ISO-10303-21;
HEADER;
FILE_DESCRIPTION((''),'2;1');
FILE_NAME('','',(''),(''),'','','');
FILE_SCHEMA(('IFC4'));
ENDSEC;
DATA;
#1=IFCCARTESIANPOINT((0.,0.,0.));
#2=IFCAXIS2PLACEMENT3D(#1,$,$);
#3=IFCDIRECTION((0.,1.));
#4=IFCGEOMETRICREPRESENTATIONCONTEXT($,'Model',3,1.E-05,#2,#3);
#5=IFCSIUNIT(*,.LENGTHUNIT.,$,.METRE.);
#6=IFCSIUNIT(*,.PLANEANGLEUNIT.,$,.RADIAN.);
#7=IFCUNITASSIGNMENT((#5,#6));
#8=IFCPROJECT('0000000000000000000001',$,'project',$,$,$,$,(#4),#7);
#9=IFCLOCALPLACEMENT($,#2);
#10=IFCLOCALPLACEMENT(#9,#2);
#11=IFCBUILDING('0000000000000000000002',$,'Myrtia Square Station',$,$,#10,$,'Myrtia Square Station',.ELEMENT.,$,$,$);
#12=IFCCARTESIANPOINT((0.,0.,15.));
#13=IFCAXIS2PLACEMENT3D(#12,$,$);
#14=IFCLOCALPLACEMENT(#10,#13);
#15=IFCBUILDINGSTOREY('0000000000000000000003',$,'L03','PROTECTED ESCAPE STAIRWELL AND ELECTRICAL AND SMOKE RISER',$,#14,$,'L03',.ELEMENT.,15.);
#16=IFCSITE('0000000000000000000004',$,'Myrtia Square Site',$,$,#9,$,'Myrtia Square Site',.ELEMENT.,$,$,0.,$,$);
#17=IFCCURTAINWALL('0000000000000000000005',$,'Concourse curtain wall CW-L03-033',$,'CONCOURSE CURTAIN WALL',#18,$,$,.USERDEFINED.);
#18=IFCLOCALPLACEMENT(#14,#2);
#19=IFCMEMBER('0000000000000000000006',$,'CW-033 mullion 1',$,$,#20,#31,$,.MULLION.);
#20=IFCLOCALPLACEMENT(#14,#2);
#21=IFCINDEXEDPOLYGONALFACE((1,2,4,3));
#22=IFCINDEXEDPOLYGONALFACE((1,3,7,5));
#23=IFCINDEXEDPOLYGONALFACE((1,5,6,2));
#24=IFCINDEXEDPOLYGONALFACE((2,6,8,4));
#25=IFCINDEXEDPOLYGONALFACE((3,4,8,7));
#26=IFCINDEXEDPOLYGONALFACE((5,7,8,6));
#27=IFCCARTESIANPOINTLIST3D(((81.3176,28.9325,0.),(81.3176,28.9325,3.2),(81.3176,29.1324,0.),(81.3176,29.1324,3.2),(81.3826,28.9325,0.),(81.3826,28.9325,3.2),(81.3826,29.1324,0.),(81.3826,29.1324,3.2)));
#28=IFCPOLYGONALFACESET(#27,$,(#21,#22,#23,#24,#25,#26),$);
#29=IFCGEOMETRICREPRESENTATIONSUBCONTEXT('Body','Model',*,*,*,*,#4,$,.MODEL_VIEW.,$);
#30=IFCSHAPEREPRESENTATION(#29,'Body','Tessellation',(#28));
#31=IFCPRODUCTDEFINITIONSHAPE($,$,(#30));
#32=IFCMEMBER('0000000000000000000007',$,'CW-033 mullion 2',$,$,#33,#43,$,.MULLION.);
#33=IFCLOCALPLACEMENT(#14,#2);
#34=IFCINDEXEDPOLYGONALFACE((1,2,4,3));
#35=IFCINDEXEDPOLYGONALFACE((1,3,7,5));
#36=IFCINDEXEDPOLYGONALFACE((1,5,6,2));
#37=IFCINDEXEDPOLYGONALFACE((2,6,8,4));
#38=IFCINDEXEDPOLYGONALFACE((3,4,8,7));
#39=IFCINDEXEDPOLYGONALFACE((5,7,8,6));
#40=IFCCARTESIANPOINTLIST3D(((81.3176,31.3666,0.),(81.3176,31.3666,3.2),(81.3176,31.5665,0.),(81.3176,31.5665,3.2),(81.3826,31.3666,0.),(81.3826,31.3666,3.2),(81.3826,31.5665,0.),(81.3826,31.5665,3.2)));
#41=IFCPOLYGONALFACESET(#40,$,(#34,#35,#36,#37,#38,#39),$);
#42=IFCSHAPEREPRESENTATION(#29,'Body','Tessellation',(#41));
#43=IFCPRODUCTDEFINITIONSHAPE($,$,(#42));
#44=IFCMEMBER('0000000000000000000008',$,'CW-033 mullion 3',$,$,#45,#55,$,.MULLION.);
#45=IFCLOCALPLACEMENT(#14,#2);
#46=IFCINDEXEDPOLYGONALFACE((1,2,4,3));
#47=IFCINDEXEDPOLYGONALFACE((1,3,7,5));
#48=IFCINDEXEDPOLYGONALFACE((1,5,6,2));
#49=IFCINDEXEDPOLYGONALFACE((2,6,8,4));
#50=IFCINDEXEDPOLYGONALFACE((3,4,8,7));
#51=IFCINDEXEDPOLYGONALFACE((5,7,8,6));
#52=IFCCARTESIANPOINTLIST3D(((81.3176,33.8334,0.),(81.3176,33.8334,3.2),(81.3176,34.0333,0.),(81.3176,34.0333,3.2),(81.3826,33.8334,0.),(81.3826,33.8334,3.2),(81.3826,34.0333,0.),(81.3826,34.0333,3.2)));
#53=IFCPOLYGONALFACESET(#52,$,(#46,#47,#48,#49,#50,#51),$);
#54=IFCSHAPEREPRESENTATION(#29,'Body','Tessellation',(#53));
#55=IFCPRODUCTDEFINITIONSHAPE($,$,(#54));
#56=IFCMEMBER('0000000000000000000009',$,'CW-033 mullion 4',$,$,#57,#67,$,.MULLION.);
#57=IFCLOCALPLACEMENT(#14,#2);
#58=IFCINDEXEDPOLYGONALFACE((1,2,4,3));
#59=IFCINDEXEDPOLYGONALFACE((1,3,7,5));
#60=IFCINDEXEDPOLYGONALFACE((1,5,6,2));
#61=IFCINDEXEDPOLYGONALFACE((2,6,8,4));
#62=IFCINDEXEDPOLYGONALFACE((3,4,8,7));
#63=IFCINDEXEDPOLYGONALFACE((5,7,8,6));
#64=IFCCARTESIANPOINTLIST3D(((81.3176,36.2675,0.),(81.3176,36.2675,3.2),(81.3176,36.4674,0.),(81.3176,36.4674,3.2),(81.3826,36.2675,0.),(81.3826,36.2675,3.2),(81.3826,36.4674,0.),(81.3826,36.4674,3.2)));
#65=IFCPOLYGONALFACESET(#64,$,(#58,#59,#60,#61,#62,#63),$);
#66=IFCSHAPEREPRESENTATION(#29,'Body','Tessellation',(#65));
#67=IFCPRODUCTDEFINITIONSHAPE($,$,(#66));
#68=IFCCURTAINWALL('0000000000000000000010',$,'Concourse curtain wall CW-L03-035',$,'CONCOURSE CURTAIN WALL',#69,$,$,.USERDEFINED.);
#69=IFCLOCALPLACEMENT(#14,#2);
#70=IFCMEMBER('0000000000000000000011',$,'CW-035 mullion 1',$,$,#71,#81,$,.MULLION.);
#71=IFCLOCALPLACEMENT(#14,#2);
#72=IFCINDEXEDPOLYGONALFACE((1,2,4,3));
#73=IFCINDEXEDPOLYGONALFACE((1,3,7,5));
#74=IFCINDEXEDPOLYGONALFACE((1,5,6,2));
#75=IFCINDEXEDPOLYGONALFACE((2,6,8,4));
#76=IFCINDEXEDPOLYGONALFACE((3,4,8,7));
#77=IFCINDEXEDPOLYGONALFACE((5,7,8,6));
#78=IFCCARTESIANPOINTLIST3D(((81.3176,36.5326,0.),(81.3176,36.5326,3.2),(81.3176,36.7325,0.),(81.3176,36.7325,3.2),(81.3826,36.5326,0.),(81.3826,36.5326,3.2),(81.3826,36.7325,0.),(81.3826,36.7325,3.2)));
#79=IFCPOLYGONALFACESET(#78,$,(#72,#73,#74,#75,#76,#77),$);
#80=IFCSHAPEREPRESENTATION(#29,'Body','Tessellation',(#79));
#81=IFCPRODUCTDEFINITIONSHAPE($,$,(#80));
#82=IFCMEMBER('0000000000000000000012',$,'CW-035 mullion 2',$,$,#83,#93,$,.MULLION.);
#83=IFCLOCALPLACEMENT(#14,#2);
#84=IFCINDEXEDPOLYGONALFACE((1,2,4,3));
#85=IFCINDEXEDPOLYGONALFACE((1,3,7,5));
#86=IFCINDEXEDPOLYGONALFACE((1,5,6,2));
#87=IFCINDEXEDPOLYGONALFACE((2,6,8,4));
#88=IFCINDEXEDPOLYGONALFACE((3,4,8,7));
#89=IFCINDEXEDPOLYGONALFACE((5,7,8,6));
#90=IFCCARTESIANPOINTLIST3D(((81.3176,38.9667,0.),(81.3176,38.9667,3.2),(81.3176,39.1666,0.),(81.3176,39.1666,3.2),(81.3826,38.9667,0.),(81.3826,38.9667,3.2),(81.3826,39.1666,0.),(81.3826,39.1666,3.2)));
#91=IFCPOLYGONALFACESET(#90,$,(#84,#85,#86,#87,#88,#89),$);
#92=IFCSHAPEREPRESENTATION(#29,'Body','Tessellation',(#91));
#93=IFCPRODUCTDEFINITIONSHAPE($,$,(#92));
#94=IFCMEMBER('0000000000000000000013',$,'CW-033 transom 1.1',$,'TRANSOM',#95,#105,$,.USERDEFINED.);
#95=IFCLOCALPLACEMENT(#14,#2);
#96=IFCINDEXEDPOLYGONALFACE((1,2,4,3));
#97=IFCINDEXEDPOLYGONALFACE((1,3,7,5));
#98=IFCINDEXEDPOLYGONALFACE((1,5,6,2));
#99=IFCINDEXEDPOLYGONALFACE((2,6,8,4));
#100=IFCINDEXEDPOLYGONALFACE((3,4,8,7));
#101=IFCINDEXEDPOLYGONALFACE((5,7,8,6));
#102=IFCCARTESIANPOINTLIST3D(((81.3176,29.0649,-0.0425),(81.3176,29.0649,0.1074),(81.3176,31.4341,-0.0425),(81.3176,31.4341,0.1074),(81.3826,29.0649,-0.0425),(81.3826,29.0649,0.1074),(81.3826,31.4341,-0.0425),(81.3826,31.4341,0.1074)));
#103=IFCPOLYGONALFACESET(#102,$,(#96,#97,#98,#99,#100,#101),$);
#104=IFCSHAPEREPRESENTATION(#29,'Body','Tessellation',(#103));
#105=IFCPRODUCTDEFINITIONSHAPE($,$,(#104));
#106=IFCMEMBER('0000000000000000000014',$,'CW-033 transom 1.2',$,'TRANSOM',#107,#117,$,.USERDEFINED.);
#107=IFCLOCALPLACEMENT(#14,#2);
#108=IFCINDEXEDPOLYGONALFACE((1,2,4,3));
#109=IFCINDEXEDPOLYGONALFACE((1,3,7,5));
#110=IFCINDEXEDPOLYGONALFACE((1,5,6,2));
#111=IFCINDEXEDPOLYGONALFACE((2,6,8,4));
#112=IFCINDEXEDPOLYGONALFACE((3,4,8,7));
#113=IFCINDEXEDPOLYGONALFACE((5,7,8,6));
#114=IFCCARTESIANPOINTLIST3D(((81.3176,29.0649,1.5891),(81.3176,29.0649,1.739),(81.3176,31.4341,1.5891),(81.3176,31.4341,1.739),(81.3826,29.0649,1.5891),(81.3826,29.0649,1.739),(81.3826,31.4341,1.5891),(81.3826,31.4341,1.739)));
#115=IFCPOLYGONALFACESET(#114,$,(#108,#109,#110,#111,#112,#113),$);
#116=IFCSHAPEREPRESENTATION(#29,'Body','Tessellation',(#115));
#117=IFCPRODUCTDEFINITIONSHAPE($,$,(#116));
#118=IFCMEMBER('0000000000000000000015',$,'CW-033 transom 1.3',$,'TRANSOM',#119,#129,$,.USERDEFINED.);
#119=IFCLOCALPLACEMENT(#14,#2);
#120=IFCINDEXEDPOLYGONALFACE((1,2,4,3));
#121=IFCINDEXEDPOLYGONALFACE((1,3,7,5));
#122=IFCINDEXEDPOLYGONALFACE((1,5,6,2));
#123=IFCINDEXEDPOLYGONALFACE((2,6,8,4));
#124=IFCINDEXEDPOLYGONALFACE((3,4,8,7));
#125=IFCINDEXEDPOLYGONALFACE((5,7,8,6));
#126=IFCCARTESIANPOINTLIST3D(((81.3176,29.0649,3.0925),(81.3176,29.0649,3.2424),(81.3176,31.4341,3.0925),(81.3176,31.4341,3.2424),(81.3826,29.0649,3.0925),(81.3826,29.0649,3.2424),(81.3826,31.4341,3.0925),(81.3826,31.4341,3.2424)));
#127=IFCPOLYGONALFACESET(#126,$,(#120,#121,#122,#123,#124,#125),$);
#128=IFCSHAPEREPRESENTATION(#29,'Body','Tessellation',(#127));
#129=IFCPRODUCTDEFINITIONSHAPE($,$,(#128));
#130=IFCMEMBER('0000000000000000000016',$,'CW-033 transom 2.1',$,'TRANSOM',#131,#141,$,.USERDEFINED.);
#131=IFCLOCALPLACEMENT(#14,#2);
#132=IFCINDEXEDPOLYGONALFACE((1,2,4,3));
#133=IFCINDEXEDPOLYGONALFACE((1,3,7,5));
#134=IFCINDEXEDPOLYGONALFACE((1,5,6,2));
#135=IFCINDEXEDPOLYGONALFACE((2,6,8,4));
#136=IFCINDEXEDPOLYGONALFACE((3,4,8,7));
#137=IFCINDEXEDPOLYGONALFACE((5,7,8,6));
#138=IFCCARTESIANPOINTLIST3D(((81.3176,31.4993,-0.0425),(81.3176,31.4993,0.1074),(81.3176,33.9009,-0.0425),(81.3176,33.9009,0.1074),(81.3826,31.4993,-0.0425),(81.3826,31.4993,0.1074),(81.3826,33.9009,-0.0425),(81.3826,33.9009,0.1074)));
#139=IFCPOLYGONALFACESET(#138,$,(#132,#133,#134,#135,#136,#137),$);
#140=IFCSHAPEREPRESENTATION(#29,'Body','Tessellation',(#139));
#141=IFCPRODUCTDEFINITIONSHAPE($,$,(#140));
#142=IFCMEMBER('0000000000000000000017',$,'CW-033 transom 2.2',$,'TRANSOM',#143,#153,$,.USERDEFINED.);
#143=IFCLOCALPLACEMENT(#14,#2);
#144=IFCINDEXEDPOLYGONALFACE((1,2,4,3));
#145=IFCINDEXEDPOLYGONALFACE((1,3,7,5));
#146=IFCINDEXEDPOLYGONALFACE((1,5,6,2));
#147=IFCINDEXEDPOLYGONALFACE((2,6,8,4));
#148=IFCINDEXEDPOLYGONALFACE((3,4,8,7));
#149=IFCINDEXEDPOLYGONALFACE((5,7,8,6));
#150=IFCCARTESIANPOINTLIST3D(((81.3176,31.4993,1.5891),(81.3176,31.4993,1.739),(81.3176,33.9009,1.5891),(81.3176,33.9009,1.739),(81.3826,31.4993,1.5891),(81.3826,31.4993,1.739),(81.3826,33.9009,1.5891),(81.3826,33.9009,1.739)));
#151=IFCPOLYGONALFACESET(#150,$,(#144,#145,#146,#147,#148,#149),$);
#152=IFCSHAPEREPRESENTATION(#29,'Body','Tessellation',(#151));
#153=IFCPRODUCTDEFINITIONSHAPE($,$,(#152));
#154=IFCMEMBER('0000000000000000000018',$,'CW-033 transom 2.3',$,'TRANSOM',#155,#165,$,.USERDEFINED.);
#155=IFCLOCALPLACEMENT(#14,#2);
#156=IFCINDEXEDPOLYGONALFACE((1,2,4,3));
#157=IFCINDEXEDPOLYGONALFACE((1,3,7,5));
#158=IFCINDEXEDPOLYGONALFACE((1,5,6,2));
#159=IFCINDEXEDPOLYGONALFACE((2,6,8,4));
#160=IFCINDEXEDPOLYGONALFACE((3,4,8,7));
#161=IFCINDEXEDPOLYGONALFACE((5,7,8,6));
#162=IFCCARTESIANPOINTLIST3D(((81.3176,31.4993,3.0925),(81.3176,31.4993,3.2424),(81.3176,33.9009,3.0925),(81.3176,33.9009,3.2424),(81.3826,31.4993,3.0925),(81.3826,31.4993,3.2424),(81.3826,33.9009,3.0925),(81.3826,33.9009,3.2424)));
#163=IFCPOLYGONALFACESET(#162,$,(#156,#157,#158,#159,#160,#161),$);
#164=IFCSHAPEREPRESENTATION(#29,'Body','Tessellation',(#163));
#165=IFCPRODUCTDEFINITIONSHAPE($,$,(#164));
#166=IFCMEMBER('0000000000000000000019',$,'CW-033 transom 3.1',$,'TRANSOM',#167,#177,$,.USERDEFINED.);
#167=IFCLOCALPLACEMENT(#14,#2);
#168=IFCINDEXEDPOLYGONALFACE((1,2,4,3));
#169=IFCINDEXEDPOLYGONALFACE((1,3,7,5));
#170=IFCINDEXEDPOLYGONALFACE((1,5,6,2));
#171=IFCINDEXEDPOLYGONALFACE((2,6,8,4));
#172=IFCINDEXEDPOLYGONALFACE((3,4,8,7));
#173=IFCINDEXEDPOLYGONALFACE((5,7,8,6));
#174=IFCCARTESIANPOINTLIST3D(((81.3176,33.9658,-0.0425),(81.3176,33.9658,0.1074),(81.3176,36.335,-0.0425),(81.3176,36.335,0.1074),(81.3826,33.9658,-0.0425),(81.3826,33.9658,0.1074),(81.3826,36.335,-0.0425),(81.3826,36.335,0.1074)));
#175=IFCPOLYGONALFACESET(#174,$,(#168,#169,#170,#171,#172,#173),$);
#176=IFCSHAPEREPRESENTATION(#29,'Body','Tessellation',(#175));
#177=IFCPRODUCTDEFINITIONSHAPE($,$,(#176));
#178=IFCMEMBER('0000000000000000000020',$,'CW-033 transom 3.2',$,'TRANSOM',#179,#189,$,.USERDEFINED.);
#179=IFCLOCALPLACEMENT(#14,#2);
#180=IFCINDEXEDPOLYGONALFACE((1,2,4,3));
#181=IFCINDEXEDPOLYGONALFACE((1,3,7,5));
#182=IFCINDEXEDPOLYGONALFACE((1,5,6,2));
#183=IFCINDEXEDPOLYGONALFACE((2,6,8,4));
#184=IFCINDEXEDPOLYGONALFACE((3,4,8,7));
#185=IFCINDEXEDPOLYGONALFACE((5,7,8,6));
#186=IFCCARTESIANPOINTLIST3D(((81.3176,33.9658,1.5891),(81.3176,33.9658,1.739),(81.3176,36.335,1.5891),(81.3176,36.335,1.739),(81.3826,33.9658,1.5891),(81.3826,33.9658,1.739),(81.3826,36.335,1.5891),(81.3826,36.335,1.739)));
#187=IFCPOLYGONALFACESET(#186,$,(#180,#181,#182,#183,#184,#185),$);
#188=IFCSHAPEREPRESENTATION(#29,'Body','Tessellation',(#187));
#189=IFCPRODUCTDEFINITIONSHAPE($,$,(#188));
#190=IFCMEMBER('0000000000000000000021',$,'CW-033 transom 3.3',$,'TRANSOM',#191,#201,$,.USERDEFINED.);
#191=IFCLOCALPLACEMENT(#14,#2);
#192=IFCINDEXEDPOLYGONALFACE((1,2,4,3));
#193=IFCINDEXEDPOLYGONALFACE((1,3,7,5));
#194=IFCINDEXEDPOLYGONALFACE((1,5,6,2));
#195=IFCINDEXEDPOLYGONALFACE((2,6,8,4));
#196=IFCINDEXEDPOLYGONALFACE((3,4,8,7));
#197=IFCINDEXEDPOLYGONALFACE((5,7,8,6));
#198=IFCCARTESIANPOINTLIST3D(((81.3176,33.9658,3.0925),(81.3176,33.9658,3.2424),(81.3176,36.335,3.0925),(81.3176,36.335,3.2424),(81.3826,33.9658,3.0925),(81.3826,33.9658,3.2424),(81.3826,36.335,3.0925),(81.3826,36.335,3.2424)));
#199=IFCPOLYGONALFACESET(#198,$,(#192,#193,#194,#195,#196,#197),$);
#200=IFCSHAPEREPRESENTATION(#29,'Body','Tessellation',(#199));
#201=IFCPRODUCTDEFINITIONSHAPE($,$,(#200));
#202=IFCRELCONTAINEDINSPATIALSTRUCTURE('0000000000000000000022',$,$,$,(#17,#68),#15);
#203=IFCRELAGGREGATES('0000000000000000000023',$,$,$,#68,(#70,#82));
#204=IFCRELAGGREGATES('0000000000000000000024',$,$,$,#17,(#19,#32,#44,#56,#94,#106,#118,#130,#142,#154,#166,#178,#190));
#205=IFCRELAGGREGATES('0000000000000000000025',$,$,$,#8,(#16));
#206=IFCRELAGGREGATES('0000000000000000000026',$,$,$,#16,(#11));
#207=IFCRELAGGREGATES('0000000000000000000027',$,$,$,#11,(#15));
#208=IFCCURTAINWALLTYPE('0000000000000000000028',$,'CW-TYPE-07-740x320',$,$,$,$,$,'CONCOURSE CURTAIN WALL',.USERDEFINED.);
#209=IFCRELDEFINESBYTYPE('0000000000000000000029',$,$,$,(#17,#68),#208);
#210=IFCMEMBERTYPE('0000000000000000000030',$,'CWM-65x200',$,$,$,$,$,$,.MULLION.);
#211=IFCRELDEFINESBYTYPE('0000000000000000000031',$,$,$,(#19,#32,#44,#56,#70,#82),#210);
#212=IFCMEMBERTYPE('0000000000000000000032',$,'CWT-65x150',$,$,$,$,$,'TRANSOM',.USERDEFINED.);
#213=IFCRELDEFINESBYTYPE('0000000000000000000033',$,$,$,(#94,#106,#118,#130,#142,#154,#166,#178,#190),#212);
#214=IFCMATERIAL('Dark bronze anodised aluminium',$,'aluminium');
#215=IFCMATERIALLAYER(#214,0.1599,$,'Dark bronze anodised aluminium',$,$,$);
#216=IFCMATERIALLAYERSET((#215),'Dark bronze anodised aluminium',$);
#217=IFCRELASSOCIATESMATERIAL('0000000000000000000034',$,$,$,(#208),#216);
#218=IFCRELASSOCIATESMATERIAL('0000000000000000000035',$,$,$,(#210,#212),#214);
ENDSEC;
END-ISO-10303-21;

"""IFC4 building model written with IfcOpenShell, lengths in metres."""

from ifc_helpers import new_model, si_unit, direction, frame, origin, origin_2d, place, context, subcontext, project, spatial, rectangle, extrude, material, layer, layer_set, material_profile, profile_set, type_object, element, aggregate, save


model = new_model("IFC4")

# Units and contexts
model_context = context("Model", 3, precision=1e-05, world=origin(), true_north=direction((0.0, 1.0)))
body_context = subcontext(model_context, "Body", "Model", "MODEL_VIEW")
ifc_project = project(units=[si_unit("LENGTHUNIT", "METRE"), si_unit("PLANEANGLEUNIT", "RADIAN")], contexts=[model_context])

# Site, building, storey
site_placement = place(None, origin())
site = spatial("IfcSite", under=ifc_project, at=site_placement, Name="Myrtia Square Site", LongName="Myrtia Square Site", CompositionType="ELEMENT", RefElevation=0.0)
building_placement = place(site_placement, origin())
building = spatial("IfcBuilding", under=site, at=building_placement, Name="Myrtia Square Station", LongName="Myrtia Square Station", CompositionType="ELEMENT")
storey_placement = place(building_placement, frame((0.0, 0.0, 15.0)))
storey = spatial("IfcBuildingStorey", under=building, at=storey_placement, Name="L03", Description="PROTECTED ESCAPE STAIRWELL AND ELECTRICAL AND SMOKE RISER", LongName="L03", CompositionType="ELEMENT", Elevation=15.0)

# Curtain walls, members
ifc_material_1 = material(Name="Dark bronze anodised aluminium", Category="aluminium")
ifc_layer_1 = layer(ifc_material_1, 0.1599, Name="Dark bronze anodised aluminium")
ifc_layer_set_1 = layer_set([ifc_layer_1], Name="Dark bronze anodised aluminium")
curtain_wall_type_1 = type_object("IfcCurtainWallType", Name="CW-TYPE-07-740x320", ElementType="CONCOURSE CURTAIN WALL", PredefinedType="USERDEFINED", material=ifc_layer_set_1)
curtain_wall_1_placement = place(storey_placement, origin())
curtain_wall_1 = element("IfcCurtainWall", 1, at=curtain_wall_1_placement, inside=storey, type_object=curtain_wall_type_1, Name="Concourse curtain wall CW-L03-033", ObjectType="CONCOURSE CURTAIN WALL", PredefinedType="USERDEFINED")
ifc_material_profile_1 = material_profile(ifc_material_1, rectangle(XDim=0.0649, YDim=0.2, at=origin_2d()), Name="ALU-M 65x200")
ifc_profile_set_1 = profile_set([ifc_material_profile_1], Name="Dark bronze anodised aluminium")
member_type_1 = type_object("IfcMemberType", Name="CWM-65x200", PredefinedType="MULLION", material=ifc_profile_set_1)
member_1_placement = place(storey_placement, frame((81.3501, 29.0325, 0.0), z_axis=(0.0, 0.0, 1.0), x_axis=(-1.0, 0.0, 0.0)))
member_1 = element("IfcMember", 2, at=member_1_placement, type_object=member_type_1, Name="CW-033 mullion 1", PredefinedType="MULLION", context=body_context, shape_type="SweptSolid", body=[
    extrude(rectangle(XDim=0.0649, YDim=0.2, at=origin_2d()), origin(), (0.0, 0.0, 1.0), 3.2),
])
member_2_placement = place(storey_placement, frame((81.3501, 31.4666, 0.0), z_axis=(0.0, 0.0, 1.0), x_axis=(-1.0, 0.0, 0.0)))
member_2 = element("IfcMember", 3, at=member_2_placement, type_object=member_type_1, Name="CW-033 mullion 2", PredefinedType="MULLION", context=body_context, shape_type="SweptSolid", body=[
    extrude(rectangle(XDim=0.0649, YDim=0.2, at=origin_2d()), origin(), (0.0, 0.0, 1.0), 3.2),
])
member_3_placement = place(storey_placement, frame((81.3501, 33.9333, 0.0), z_axis=(0.0, 0.0, 1.0), x_axis=(-1.0, 0.0, 0.0)))
member_3 = element("IfcMember", 4, at=member_3_placement, type_object=member_type_1, Name="CW-033 mullion 3", PredefinedType="MULLION", context=body_context, shape_type="SweptSolid", body=[
    extrude(rectangle(XDim=0.0649, YDim=0.2, at=origin_2d()), origin(), (0.0, 0.0, 1.0), 3.2),
])
member_4_placement = place(storey_placement, frame((81.3501, 36.3674, 0.0), z_axis=(0.0, 0.0, 1.0), x_axis=(-1.0, 0.0, 0.0)))
member_4 = element("IfcMember", 5, at=member_4_placement, type_object=member_type_1, Name="CW-033 mullion 4", PredefinedType="MULLION", context=body_context, shape_type="SweptSolid", body=[
    extrude(rectangle(XDim=0.0649, YDim=0.2, at=origin_2d()), origin(), (0.0, 0.0, 1.0), 3.2),
])
curtain_wall_2_placement = place(storey_placement, origin())
curtain_wall_2 = element("IfcCurtainWall", 6, at=curtain_wall_2_placement, inside=storey, type_object=curtain_wall_type_1, Name="Concourse curtain wall CW-L03-035", ObjectType="CONCOURSE CURTAIN WALL", PredefinedType="USERDEFINED")
member_5_placement = place(storey_placement, frame((81.3501, 36.6326, 0.0), z_axis=(0.0, 0.0, 1.0), x_axis=(-1.0, 0.0, 0.0)))
member_5 = element("IfcMember", 7, at=member_5_placement, type_object=member_type_1, Name="CW-035 mullion 1", PredefinedType="MULLION", context=body_context, shape_type="SweptSolid", body=[
    extrude(rectangle(XDim=0.0649, YDim=0.2, at=origin_2d()), origin(), (0.0, 0.0, 1.0), 3.2),
])
member_6_placement = place(storey_placement, frame((81.3501, 39.0667, 0.0), z_axis=(0.0, 0.0, 1.0), x_axis=(-1.0, 0.0, 0.0)))
member_6 = element("IfcMember", 8, at=member_6_placement, type_object=member_type_1, Name="CW-035 mullion 2", PredefinedType="MULLION", context=body_context, shape_type="SweptSolid", body=[
    extrude(rectangle(XDim=0.0649, YDim=0.2, at=origin_2d()), origin(), (0.0, 0.0, 1.0), 3.2),
])

# Members
ifc_material_profile_2 = material_profile(ifc_material_1, rectangle(XDim=0.0649, YDim=0.1499, at=origin_2d()), Name="ALU-T 65x150")
ifc_profile_set_2 = profile_set([ifc_material_profile_2], Name="Dark bronze anodised aluminium")
member_type_2 = type_object("IfcMemberType", Name="CWT-65x150", ElementType="TRANSOM", PredefinedType="USERDEFINED", material=ifc_profile_set_2)
member_7_placement = place(storey_placement, frame((81.3501, 29.0649, 0.0325), z_axis=(0.0, 1.0, 0.0), x_axis=(-1.0, 0.0, 0.0)))
member_7 = element("IfcMember", 9, at=member_7_placement, type_object=member_type_2, Name="CW-033 transom 1.1", ObjectType="TRANSOM", PredefinedType="USERDEFINED", context=body_context, shape_type="SweptSolid", body=[
    extrude(rectangle(XDim=0.0649, YDim=0.1499, at=origin_2d()), origin(), (0.0, 0.0, 1.0), 2.3691),
])
member_8_placement = place(storey_placement, frame((81.3501, 29.0649, 1.6641), z_axis=(0.0, 1.0, 0.0), x_axis=(-1.0, 0.0, 0.0)))
member_8 = element("IfcMember", 10, at=member_8_placement, type_object=member_type_2, Name="CW-033 transom 1.2", ObjectType="TRANSOM", PredefinedType="USERDEFINED", context=body_context, shape_type="SweptSolid", body=[
    extrude(rectangle(XDim=0.0649, YDim=0.1499, at=origin_2d()), origin(), (0.0, 0.0, 1.0), 2.3691),
])
member_9_placement = place(storey_placement, frame((81.3501, 29.0649, 3.1675), z_axis=(0.0, 1.0, 0.0), x_axis=(-1.0, 0.0, 0.0)))
member_9 = element("IfcMember", 11, at=member_9_placement, type_object=member_type_2, Name="CW-033 transom 1.3", ObjectType="TRANSOM", PredefinedType="USERDEFINED", context=body_context, shape_type="SweptSolid", body=[
    extrude(rectangle(XDim=0.0649, YDim=0.1499, at=origin_2d()), origin(), (0.0, 0.0, 1.0), 2.3691),
])
member_10_placement = place(storey_placement, frame((81.3501, 31.4993, 0.0325), z_axis=(0.0, 1.0, 0.0), x_axis=(-1.0, 0.0, 0.0)))
member_10 = element("IfcMember", 12, at=member_10_placement, type_object=member_type_2, Name="CW-033 transom 2.1", ObjectType="TRANSOM", PredefinedType="USERDEFINED", context=body_context, shape_type="SweptSolid", body=[
    extrude(rectangle(XDim=0.0649, YDim=0.1499, at=origin_2d()), origin(), (0.0, 0.0, 1.0), 2.4016),
])
member_11_placement = place(storey_placement, frame((81.3501, 31.4993, 1.6641), z_axis=(0.0, 1.0, 0.0), x_axis=(-1.0, 0.0, 0.0)))
member_11 = element("IfcMember", 13, at=member_11_placement, type_object=member_type_2, Name="CW-033 transom 2.2", ObjectType="TRANSOM", PredefinedType="USERDEFINED", context=body_context, shape_type="SweptSolid", body=[
    extrude(rectangle(XDim=0.0649, YDim=0.1499, at=origin_2d()), origin(), (0.0, 0.0, 1.0), 2.4016),
])
member_12_placement = place(storey_placement, frame((81.3501, 31.4993, 3.1675), z_axis=(0.0, 1.0, 0.0), x_axis=(-1.0, 0.0, 0.0)))
member_12 = element("IfcMember", 14, at=member_12_placement, type_object=member_type_2, Name="CW-033 transom 2.3", ObjectType="TRANSOM", PredefinedType="USERDEFINED", context=body_context, shape_type="SweptSolid", body=[
    extrude(rectangle(XDim=0.0649, YDim=0.1499, at=origin_2d()), origin(), (0.0, 0.0, 1.0), 2.4016),
])
member_13_placement = place(storey_placement, frame((81.3501, 33.9658, 0.0325), z_axis=(0.0, 1.0, 0.0), x_axis=(-1.0, 0.0, 0.0)))
member_13 = element("IfcMember", 15, at=member_13_placement, type_object=member_type_2, Name="CW-033 transom 3.1", ObjectType="TRANSOM", PredefinedType="USERDEFINED", context=body_context, shape_type="SweptSolid", body=[
    extrude(rectangle(XDim=0.0649, YDim=0.1499, at=origin_2d()), origin(), (0.0, 0.0, 1.0), 2.3691),
])
member_14_placement = place(storey_placement, frame((81.3501, 33.9658, 1.6641), z_axis=(0.0, 1.0, 0.0), x_axis=(-1.0, 0.0, 0.0)))
member_14 = element("IfcMember", 16, at=member_14_placement, type_object=member_type_2, Name="CW-033 transom 3.2", ObjectType="TRANSOM", PredefinedType="USERDEFINED", context=body_context, shape_type="SweptSolid", body=[
    extrude(rectangle(XDim=0.0649, YDim=0.1499, at=origin_2d()), origin(), (0.0, 0.0, 1.0), 2.3691),
])
member_15_placement = place(storey_placement, frame((81.3501, 33.9658, 3.1675), z_axis=(0.0, 1.0, 0.0), x_axis=(-1.0, 0.0, 0.0)))
member_15 = element("IfcMember", 17, at=member_15_placement, type_object=member_type_2, Name="CW-033 transom 3.3", ObjectType="TRANSOM", PredefinedType="USERDEFINED", context=body_context, shape_type="SweptSolid", body=[
    extrude(rectangle(XDim=0.0649, YDim=0.1499, at=origin_2d()), origin(), (0.0, 0.0, 1.0), 2.3691),
])

aggregate(curtain_wall_2, [member_5, member_6])
aggregate(curtain_wall_1, [member_1, member_2, member_3, member_4, member_7, member_8, member_9, member_10, member_11, member_12, member_13, member_14, member_15])

save(model, "model.ifc")
